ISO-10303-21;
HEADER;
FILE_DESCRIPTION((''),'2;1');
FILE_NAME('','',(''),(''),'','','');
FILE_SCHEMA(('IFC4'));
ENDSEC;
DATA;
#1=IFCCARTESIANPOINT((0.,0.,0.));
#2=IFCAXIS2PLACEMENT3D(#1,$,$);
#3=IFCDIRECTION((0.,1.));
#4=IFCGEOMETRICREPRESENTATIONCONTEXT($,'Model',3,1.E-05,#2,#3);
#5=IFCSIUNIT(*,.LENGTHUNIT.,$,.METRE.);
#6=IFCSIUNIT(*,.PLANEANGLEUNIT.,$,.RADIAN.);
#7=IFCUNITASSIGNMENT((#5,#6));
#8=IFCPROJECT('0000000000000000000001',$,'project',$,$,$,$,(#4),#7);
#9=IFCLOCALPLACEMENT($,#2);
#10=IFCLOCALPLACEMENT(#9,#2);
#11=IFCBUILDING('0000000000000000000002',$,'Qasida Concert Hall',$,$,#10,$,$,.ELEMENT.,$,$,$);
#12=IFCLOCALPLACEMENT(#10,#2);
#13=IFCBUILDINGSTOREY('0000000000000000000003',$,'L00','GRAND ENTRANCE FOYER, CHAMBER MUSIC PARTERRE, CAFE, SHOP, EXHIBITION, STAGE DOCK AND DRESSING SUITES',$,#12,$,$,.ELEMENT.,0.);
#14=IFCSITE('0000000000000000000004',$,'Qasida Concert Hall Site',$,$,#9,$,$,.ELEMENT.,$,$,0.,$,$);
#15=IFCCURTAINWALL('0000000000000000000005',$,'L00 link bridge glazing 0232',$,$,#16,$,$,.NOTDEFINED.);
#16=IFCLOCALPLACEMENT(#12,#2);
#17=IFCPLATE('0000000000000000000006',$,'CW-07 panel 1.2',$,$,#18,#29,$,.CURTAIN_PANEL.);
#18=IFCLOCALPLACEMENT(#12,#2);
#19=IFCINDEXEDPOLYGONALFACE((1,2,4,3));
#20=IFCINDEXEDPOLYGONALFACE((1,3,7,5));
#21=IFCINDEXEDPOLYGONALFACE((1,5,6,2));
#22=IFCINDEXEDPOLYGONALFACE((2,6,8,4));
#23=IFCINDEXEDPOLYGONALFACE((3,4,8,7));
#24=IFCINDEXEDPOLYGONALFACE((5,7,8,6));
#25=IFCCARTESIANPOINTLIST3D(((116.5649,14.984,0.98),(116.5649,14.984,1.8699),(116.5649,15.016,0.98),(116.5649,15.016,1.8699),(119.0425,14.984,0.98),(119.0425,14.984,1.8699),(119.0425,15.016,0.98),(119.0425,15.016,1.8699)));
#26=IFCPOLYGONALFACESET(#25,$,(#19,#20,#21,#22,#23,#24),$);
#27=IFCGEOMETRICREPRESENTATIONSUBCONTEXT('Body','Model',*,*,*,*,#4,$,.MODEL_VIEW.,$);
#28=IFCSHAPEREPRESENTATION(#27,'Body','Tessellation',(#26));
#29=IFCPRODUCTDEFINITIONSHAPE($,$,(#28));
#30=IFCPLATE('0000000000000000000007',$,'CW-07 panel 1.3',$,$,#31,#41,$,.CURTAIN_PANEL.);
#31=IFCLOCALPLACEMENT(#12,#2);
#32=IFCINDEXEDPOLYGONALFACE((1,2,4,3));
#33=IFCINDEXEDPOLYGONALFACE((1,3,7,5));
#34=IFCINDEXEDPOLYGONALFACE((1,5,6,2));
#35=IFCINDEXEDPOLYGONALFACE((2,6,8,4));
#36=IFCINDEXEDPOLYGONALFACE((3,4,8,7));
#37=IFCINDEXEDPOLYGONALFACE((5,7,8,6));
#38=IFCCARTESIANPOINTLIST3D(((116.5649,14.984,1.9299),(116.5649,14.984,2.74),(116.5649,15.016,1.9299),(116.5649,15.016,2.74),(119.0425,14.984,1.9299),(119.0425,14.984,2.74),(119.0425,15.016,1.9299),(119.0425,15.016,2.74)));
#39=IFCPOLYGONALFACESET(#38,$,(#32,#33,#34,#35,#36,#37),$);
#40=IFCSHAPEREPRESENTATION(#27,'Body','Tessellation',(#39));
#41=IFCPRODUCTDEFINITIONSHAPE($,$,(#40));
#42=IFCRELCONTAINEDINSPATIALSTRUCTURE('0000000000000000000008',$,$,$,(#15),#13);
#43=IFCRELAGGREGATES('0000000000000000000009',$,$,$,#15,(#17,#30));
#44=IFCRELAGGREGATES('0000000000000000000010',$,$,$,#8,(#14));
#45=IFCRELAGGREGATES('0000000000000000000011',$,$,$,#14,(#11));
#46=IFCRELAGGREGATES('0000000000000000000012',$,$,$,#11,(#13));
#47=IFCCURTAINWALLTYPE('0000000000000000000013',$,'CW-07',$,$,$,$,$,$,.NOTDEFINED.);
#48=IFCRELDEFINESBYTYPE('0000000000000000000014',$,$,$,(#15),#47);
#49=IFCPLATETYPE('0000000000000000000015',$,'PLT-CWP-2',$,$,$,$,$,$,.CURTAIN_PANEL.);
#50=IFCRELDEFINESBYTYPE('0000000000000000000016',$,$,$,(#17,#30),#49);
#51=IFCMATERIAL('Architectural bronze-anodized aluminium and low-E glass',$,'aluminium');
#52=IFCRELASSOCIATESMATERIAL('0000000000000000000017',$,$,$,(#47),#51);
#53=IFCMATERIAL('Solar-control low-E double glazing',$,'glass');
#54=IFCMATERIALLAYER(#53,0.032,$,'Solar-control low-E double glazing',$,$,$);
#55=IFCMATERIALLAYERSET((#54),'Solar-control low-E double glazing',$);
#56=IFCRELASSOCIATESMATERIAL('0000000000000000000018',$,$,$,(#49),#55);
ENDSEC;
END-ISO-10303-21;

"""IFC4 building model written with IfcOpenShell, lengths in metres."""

from ifc_helpers import new_model, si_unit, direction, frame, origin, origin_2d, place, context, subcontext, project, spatial, rectangle, extrude, material, layer, layer_set, type_object, element, aggregate, save


model = new_model("IFC4")

# Units and contexts
model_context = context("Model", 3, precision=1e-05, world=origin(), true_north=direction((0.0, 1.0)))
body_context = subcontext(model_context, "Body", "Model", "MODEL_VIEW")
ifc_project = project(units=[si_unit("LENGTHUNIT", "METRE"), si_unit("PLANEANGLEUNIT", "RADIAN")], contexts=[model_context])

# Site, building, storey
site_placement = place(None, origin())
site = spatial("IfcSite", under=ifc_project, at=site_placement, Name="Qasida Concert Hall Site", CompositionType="ELEMENT", RefElevation=0.0)
building_placement = place(site_placement, origin())
building = spatial("IfcBuilding", under=site, at=building_placement, Name="Qasida Concert Hall", CompositionType="ELEMENT")
storey_placement = place(building_placement, origin())
storey = spatial("IfcBuildingStorey", under=building, at=storey_placement, Name="L00", Description="GRAND ENTRANCE FOYER, CHAMBER MUSIC PARTERRE, CAFE, SHOP, EXHIBITION, STAGE DOCK AND DRESSING SUITES", CompositionType="ELEMENT", Elevation=0.0)

# Curtain wall
ifc_material_1 = material(Name="Architectural bronze-anodized aluminium and low-E glass", Category="aluminium")
curtain_wall_type = type_object("IfcCurtainWallType", Name="CW-07", PredefinedType="NOTDEFINED", material=ifc_material_1)
curtain_wall_1_placement = place(storey_placement, origin())
curtain_wall_1 = element("IfcCurtainWall", 1, at=curtain_wall_1_placement, inside=storey, type_object=curtain_wall_type, Name="L00 link bridge glazing 0232", PredefinedType="NOTDEFINED")

# Plates
ifc_material_2 = material(Name="Solar-control low-E double glazing", Category="glass")
ifc_layer = layer(ifc_material_2, 0.032, Name="Solar-control low-E double glazing")
ifc_layer_set = layer_set([ifc_layer], Name="Solar-control low-E double glazing")
plate_type = type_object("IfcPlateType", Name="PLT-CWP-2", PredefinedType="CURTAIN_PANEL", material=ifc_layer_set)
plate_1_placement = place(storey_placement, frame((117.8037, 15.0, 0.98), z_axis=(0.0, 0.0, 1.0), x_axis=(1.0, 0.0, 0.0)))
plate_1 = element("IfcPlate", 2, at=plate_1_placement, type_object=plate_type, Name="CW-07 panel 1.2", PredefinedType="CURTAIN_PANEL", context=body_context, shape_type="SweptSolid", body=[
    extrude(rectangle(XDim=2.4775, YDim=0.032, at=origin_2d()), origin(), (0.0, 0.0, 1.0), 0.8899),
])
plate_2_placement = place(storey_placement, frame((117.8037, 15.0, 1.9299), z_axis=(0.0, 0.0, 1.0), x_axis=(1.0, 0.0, 0.0)))
plate_2 = element("IfcPlate", 3, at=plate_2_placement, type_object=plate_type, Name="CW-07 panel 1.3", PredefinedType="CURTAIN_PANEL", context=body_context, shape_type="SweptSolid", body=[
    extrude(rectangle(XDim=2.4775, YDim=0.032, at=origin_2d()), origin(), (0.0, 0.0, 1.0), 0.8101),
])
aggregate(curtain_wall_1, [plate_1, plate_2])

save(model, "model.ifc")
